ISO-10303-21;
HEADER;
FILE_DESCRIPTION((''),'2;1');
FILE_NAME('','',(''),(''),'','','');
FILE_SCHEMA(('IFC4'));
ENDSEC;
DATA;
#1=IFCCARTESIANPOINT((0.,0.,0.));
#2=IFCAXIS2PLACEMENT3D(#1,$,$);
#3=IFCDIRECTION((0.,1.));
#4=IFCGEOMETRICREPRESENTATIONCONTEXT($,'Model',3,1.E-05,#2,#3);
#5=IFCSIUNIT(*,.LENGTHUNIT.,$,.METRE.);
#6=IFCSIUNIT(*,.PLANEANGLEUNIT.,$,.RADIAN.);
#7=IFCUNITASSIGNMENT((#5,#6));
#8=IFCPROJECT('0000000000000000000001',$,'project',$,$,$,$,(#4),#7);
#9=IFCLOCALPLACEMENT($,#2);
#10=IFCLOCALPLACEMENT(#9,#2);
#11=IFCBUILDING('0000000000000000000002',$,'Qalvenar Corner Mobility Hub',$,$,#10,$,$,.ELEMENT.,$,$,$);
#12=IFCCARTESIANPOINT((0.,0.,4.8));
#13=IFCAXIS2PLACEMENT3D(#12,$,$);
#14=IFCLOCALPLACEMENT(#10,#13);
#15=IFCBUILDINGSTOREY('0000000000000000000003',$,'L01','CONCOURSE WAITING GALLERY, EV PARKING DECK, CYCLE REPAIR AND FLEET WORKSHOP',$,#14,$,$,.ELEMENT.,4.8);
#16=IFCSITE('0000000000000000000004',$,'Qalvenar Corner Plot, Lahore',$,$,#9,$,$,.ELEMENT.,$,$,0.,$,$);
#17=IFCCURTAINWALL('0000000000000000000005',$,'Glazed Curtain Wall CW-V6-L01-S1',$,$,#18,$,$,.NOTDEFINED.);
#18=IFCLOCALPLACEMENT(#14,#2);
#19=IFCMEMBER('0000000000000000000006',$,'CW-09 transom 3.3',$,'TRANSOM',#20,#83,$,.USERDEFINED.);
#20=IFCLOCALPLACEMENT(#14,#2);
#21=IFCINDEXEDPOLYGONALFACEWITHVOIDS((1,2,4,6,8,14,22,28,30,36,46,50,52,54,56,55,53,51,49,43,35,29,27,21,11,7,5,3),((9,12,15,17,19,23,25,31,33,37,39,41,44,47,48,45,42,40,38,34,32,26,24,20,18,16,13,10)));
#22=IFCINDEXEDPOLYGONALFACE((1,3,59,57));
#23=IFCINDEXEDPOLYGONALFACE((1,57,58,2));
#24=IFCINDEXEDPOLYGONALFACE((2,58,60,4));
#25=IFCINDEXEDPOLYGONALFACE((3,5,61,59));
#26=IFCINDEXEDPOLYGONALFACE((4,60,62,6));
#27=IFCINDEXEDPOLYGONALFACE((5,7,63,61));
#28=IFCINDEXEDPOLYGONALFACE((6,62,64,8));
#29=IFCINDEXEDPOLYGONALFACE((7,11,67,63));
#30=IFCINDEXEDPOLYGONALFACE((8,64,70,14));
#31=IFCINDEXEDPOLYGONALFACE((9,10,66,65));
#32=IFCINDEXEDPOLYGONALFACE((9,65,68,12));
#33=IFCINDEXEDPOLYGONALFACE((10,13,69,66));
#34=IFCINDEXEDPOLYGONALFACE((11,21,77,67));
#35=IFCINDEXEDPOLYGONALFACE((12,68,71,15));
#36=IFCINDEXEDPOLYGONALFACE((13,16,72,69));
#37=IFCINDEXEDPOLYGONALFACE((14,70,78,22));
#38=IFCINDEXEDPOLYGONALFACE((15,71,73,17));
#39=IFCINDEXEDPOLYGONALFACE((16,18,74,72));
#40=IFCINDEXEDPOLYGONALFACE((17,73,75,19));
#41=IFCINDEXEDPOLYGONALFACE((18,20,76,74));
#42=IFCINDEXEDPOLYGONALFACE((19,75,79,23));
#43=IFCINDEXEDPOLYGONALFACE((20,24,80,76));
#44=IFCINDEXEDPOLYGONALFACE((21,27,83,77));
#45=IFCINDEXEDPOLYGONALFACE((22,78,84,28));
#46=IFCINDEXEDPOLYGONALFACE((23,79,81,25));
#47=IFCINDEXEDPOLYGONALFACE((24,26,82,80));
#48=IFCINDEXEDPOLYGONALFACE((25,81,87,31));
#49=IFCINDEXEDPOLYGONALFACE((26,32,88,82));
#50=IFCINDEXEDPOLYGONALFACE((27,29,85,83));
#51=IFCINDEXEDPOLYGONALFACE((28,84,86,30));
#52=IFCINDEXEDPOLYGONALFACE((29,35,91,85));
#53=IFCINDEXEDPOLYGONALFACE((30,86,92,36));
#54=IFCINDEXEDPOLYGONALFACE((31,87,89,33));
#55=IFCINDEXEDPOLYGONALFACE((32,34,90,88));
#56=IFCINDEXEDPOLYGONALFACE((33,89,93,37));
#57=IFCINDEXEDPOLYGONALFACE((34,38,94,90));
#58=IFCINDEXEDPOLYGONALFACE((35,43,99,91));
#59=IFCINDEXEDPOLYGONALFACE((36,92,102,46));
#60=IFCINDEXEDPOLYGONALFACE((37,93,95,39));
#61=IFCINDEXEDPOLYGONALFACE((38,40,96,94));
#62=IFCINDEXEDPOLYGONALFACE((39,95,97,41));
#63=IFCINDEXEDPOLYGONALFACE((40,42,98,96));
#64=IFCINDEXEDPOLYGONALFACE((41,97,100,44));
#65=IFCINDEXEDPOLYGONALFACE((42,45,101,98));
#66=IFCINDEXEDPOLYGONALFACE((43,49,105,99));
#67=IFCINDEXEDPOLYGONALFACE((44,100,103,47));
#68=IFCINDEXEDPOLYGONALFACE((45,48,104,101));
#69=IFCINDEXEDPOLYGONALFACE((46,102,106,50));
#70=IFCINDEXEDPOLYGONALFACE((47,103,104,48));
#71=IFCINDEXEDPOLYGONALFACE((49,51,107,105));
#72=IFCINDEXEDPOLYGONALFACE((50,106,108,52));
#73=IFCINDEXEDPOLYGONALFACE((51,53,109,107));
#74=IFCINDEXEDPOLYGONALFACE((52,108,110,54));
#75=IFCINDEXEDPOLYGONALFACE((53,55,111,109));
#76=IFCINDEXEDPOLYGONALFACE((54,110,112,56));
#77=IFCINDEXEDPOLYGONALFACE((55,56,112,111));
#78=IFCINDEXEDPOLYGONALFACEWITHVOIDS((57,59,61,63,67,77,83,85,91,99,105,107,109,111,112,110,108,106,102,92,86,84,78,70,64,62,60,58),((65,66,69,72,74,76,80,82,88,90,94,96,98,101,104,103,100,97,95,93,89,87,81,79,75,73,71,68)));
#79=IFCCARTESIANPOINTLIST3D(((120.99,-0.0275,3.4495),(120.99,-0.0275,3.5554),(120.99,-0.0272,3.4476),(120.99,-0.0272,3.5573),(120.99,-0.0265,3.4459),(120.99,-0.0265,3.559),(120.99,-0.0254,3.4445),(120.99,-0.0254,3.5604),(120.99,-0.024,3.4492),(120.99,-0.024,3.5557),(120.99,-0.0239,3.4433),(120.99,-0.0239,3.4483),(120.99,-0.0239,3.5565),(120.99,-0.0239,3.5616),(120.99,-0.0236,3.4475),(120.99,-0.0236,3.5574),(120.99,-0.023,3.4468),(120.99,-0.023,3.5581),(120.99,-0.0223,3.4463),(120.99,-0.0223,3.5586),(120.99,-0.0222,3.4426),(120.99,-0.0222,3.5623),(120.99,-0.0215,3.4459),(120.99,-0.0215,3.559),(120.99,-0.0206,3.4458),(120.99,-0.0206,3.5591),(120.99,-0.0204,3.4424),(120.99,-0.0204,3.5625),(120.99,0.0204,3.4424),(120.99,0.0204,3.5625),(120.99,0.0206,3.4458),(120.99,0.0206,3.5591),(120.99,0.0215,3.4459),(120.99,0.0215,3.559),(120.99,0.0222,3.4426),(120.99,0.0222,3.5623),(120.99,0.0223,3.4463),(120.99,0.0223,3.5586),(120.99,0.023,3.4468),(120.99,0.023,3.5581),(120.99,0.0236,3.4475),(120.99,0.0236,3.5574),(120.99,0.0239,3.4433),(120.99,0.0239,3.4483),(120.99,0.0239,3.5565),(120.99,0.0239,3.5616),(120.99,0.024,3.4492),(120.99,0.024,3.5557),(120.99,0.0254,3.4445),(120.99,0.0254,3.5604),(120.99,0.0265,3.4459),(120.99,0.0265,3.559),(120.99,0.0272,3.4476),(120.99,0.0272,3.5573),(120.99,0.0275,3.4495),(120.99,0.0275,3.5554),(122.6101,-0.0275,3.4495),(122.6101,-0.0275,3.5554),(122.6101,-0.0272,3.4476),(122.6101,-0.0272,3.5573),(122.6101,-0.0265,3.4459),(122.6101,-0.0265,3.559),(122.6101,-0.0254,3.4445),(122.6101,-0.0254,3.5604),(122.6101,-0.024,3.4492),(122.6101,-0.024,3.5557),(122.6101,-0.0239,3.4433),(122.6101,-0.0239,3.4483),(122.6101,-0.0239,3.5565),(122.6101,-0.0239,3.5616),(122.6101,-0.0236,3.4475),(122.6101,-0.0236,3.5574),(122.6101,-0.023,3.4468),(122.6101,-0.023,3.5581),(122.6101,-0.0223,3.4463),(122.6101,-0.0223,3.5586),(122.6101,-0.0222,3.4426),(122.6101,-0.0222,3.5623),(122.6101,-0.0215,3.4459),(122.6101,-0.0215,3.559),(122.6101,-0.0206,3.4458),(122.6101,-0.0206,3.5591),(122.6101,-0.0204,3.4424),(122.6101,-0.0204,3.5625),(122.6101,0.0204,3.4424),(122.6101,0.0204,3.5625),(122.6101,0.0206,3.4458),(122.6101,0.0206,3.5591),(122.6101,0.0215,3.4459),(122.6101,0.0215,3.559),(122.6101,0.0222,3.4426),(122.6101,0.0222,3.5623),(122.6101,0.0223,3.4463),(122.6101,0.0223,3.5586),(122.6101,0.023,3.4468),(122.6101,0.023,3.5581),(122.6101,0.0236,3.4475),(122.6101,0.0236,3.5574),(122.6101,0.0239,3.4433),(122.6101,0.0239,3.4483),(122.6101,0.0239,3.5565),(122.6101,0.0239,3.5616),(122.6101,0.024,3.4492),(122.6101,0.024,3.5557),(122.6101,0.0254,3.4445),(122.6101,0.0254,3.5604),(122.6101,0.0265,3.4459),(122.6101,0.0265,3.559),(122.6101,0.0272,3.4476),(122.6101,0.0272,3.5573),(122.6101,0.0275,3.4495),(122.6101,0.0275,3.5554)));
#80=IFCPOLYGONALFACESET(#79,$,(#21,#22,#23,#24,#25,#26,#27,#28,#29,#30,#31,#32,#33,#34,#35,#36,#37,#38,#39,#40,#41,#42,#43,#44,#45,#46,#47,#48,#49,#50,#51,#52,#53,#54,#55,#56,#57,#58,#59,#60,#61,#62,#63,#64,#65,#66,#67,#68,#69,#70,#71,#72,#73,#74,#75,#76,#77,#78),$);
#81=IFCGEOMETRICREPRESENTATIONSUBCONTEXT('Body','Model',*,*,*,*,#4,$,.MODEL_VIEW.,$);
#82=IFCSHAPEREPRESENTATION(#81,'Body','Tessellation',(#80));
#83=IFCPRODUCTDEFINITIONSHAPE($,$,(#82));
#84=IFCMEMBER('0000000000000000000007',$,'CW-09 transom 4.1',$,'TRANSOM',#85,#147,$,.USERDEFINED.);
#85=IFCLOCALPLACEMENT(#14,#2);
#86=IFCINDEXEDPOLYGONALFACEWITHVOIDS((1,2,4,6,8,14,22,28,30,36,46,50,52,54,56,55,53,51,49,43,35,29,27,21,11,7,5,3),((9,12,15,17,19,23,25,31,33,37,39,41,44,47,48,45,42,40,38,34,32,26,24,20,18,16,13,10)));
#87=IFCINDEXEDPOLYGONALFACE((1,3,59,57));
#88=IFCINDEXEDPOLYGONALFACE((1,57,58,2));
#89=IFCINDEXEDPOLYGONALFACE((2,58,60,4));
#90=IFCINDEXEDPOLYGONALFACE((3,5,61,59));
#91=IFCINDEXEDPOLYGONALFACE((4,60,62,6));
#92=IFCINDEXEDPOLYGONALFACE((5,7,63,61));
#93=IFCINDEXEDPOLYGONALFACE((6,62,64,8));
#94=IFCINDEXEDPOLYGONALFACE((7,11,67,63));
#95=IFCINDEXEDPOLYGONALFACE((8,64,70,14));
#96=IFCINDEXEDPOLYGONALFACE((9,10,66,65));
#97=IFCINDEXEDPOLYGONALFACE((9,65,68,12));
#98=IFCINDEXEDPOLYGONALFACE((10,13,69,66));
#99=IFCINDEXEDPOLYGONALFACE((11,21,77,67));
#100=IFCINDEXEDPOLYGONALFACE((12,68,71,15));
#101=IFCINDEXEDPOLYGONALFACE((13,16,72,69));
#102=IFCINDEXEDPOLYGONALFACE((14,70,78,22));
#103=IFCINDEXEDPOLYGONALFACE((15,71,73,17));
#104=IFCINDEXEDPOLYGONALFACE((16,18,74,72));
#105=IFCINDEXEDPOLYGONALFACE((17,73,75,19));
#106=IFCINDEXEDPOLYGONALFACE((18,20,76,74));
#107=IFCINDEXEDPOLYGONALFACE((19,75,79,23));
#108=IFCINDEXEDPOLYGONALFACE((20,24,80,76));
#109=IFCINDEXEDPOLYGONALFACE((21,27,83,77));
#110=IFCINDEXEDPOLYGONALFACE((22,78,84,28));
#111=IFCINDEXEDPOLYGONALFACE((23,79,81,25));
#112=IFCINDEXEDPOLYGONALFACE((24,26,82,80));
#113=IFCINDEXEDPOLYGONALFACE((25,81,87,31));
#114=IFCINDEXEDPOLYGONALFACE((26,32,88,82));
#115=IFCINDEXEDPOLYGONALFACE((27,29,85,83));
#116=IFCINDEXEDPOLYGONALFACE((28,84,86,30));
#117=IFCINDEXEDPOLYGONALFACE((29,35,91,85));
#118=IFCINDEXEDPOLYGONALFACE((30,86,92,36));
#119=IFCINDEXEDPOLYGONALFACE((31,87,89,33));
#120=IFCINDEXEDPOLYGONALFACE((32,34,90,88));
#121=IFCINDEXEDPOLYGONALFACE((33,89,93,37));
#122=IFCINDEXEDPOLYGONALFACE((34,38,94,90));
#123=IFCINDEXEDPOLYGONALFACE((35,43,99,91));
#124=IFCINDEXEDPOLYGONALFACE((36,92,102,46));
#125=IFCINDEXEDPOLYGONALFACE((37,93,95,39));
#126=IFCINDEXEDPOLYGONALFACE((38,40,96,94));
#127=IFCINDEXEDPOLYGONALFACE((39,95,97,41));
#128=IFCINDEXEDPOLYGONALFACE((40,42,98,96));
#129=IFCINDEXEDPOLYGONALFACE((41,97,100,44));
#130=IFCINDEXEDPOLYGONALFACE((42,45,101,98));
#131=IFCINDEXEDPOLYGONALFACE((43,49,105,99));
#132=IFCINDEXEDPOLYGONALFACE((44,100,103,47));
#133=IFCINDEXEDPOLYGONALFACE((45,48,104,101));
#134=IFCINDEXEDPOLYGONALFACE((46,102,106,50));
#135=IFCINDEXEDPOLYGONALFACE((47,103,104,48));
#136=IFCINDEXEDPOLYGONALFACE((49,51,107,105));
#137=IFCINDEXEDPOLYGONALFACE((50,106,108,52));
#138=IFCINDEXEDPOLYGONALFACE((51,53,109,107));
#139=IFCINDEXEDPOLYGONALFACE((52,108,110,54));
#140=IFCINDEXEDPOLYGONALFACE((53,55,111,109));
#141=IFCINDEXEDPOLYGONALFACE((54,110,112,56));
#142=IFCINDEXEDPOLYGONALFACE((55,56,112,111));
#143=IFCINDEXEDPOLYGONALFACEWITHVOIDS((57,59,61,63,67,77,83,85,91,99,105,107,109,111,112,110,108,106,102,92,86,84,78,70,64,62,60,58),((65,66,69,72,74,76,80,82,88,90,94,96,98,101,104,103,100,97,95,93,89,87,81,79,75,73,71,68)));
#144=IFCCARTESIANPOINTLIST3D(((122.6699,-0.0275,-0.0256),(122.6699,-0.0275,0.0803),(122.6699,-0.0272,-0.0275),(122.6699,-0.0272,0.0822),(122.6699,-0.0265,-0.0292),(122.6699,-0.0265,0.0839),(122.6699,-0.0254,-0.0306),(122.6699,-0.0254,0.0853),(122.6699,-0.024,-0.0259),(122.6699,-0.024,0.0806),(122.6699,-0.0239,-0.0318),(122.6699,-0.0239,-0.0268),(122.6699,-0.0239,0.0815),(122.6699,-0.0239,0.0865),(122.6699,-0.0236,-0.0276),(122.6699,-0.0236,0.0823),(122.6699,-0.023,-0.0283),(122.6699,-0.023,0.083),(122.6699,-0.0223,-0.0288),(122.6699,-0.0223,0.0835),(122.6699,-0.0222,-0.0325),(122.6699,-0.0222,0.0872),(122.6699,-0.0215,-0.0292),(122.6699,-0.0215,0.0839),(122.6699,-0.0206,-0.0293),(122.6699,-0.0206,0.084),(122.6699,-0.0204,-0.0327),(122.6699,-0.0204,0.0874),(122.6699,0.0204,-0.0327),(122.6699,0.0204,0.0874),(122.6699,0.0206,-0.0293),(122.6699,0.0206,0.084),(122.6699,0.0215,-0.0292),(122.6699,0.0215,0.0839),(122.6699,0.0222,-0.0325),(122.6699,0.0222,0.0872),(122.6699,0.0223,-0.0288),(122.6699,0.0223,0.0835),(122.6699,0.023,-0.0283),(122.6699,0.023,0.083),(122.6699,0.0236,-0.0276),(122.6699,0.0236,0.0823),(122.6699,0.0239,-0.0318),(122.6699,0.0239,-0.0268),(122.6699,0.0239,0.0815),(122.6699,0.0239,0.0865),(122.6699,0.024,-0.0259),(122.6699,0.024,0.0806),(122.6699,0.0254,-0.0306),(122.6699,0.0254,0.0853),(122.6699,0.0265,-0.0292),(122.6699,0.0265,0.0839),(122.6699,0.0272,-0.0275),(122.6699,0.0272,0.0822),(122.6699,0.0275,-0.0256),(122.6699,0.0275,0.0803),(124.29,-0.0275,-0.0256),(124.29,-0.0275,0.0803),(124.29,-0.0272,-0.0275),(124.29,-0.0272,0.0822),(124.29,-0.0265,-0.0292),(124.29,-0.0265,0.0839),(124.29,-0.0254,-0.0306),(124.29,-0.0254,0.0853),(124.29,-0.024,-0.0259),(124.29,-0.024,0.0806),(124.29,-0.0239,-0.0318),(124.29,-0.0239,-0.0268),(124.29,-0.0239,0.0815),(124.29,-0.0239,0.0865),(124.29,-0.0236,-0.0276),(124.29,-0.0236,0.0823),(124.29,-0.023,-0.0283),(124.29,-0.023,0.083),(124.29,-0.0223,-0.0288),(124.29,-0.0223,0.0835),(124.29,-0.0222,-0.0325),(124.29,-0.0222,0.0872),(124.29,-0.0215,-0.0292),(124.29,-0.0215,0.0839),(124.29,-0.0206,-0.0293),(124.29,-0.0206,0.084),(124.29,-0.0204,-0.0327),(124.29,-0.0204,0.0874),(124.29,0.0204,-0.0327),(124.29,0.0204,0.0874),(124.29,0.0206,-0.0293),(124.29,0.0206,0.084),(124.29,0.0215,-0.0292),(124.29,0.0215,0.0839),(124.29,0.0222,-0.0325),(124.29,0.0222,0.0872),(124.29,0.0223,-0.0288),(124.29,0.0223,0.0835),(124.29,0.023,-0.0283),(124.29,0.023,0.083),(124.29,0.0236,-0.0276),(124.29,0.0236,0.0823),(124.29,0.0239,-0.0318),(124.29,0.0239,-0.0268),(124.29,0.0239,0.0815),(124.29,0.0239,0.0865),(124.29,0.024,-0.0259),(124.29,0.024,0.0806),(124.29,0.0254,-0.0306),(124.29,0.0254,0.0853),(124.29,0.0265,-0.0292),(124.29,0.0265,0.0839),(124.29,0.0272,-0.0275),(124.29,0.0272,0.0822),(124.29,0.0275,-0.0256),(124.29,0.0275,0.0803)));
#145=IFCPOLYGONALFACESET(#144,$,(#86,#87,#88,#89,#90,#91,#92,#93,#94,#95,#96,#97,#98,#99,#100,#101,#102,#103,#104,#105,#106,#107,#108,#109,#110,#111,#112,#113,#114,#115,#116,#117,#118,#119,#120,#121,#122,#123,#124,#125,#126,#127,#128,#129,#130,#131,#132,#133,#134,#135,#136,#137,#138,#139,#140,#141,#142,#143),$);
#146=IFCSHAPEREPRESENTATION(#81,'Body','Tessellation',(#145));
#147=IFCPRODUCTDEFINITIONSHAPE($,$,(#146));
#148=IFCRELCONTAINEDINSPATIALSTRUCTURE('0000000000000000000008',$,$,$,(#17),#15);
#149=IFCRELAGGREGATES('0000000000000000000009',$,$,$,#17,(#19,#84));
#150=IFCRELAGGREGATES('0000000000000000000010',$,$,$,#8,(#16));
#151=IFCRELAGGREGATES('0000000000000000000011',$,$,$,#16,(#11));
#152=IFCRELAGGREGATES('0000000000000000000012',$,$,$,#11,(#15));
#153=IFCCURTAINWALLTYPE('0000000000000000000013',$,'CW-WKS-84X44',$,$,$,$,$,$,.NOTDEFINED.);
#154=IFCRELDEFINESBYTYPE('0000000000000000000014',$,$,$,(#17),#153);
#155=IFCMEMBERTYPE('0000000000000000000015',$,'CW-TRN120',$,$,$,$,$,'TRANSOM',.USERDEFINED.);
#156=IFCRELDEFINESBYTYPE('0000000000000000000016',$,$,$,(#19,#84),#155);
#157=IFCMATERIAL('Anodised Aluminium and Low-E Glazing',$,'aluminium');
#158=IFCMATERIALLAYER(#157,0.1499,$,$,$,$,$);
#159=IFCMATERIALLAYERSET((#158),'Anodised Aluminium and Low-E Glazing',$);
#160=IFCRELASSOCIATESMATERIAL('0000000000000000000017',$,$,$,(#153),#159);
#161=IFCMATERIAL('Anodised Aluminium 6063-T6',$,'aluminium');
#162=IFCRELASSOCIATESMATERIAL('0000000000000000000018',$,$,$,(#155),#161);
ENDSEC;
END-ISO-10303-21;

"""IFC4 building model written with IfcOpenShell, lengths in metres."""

from ifc_helpers import new_model, si_unit, direction, frame, origin, origin_2d, place, context, subcontext, project, spatial, hollow_rectangle, extrude, material, layer, layer_set, material_profile, profile_set, type_object, element, aggregate, save


model = new_model("IFC4")

# Units and contexts
model_context = context("Model", 3, precision=1e-05, world=origin(), true_north=direction((0.0, 1.0)))
body_context = subcontext(model_context, "Body", "Model", "MODEL_VIEW")
ifc_project = project(units=[si_unit("LENGTHUNIT", "METRE"), si_unit("PLANEANGLEUNIT", "RADIAN")], contexts=[model_context])

# Site, building, storey
site_placement = place(None, origin())
site = spatial("IfcSite", under=ifc_project, at=site_placement, Name="Qalvenar Corner Plot, Lahore", CompositionType="ELEMENT", RefElevation=0.0)
building_placement = place(site_placement, origin())
building = spatial("IfcBuilding", under=site, at=building_placement, Name="Qalvenar Corner Mobility Hub", CompositionType="ELEMENT")
storey_placement = place(building_placement, frame((0.0, 0.0, 4.8)))
storey = spatial("IfcBuildingStorey", under=building, at=storey_placement, Name="L01", Description="CONCOURSE WAITING GALLERY, EV PARKING DECK, CYCLE REPAIR AND FLEET WORKSHOP", CompositionType="ELEMENT", Elevation=4.8)

# Curtain wall, members
ifc_material_1 = material(Name="Anodised Aluminium and Low-E Glazing", Category="aluminium")
ifc_layer_1 = layer(ifc_material_1, 0.1499)
ifc_layer_set_1 = layer_set([ifc_layer_1], Name="Anodised Aluminium and Low-E Glazing")
curtain_wall_type = type_object("IfcCurtainWallType", Name="CW-WKS-84X44", PredefinedType="NOTDEFINED", material=ifc_layer_set_1)
curtain_wall_placement = place(storey_placement, origin())
curtain_wall = element("IfcCurtainWall", 1, at=curtain_wall_placement, inside=storey, type_object=curtain_wall_type, Name="Glazed Curtain Wall CW-V6-L01-S1", PredefinedType="NOTDEFINED")
ifc_material_2 = material(Name="Anodised Aluminium 6063-T6", Category="aluminium")
ifc_material_profile_1 = material_profile(ifc_material_2, hollow_rectangle(XDim=0.0549, YDim=0.1201, WallThickness=0.0034, InnerFilletRadius=0.0034, OuterFilletRadius=0.0071, at=origin_2d()), Name="RHS120x55x3.5")
ifc_profile_set_1 = profile_set([ifc_material_profile_1], Name="Anodised Aluminium 6063-T6")
member_type_1 = type_object("IfcMemberType", Name="CW-TRN120", ElementType="TRANSOM", PredefinedType="USERDEFINED", material=ifc_profile_set_1)
member_1_placement = place(storey_placement, frame((120.99, 0.0, 3.5024), z_axis=(1.0, 0.0, 0.0), x_axis=(0.0, 1.0, 0.0)))
member_1 = element("IfcMember", 2, at=member_1_placement, type_object=member_type_1, Name="CW-09 transom 3.3", ObjectType="TRANSOM", PredefinedType="USERDEFINED", context=body_context, shape_type="SweptSolid", body=[
    extrude(hollow_rectangle(XDim=0.0549, YDim=0.1201, WallThickness=0.0034, InnerFilletRadius=0.0034, OuterFilletRadius=0.0071, at=origin_2d()), origin(), (0.0, 0.0, 1.0), 1.6201),
])
member_2_placement = place(storey_placement, frame((122.6699, 0.0, 0.0273), z_axis=(1.0, 0.0, 0.0), x_axis=(0.0, 1.0, 0.0)))
member_2 = element("IfcMember", 3, at=member_2_placement, type_object=member_type_1, Name="CW-09 transom 4.1", ObjectType="TRANSOM", PredefinedType="USERDEFINED", context=body_context, shape_type="SweptSolid", body=[
    extrude(hollow_rectangle(XDim=0.0549, YDim=0.1201, WallThickness=0.0034, InnerFilletRadius=0.0034, OuterFilletRadius=0.0071, at=origin_2d()), origin(), (0.0, 0.0, 1.0), 1.6201),
])
aggregate(curtain_wall, [member_1, member_2])

save(model, "model.ifc")
